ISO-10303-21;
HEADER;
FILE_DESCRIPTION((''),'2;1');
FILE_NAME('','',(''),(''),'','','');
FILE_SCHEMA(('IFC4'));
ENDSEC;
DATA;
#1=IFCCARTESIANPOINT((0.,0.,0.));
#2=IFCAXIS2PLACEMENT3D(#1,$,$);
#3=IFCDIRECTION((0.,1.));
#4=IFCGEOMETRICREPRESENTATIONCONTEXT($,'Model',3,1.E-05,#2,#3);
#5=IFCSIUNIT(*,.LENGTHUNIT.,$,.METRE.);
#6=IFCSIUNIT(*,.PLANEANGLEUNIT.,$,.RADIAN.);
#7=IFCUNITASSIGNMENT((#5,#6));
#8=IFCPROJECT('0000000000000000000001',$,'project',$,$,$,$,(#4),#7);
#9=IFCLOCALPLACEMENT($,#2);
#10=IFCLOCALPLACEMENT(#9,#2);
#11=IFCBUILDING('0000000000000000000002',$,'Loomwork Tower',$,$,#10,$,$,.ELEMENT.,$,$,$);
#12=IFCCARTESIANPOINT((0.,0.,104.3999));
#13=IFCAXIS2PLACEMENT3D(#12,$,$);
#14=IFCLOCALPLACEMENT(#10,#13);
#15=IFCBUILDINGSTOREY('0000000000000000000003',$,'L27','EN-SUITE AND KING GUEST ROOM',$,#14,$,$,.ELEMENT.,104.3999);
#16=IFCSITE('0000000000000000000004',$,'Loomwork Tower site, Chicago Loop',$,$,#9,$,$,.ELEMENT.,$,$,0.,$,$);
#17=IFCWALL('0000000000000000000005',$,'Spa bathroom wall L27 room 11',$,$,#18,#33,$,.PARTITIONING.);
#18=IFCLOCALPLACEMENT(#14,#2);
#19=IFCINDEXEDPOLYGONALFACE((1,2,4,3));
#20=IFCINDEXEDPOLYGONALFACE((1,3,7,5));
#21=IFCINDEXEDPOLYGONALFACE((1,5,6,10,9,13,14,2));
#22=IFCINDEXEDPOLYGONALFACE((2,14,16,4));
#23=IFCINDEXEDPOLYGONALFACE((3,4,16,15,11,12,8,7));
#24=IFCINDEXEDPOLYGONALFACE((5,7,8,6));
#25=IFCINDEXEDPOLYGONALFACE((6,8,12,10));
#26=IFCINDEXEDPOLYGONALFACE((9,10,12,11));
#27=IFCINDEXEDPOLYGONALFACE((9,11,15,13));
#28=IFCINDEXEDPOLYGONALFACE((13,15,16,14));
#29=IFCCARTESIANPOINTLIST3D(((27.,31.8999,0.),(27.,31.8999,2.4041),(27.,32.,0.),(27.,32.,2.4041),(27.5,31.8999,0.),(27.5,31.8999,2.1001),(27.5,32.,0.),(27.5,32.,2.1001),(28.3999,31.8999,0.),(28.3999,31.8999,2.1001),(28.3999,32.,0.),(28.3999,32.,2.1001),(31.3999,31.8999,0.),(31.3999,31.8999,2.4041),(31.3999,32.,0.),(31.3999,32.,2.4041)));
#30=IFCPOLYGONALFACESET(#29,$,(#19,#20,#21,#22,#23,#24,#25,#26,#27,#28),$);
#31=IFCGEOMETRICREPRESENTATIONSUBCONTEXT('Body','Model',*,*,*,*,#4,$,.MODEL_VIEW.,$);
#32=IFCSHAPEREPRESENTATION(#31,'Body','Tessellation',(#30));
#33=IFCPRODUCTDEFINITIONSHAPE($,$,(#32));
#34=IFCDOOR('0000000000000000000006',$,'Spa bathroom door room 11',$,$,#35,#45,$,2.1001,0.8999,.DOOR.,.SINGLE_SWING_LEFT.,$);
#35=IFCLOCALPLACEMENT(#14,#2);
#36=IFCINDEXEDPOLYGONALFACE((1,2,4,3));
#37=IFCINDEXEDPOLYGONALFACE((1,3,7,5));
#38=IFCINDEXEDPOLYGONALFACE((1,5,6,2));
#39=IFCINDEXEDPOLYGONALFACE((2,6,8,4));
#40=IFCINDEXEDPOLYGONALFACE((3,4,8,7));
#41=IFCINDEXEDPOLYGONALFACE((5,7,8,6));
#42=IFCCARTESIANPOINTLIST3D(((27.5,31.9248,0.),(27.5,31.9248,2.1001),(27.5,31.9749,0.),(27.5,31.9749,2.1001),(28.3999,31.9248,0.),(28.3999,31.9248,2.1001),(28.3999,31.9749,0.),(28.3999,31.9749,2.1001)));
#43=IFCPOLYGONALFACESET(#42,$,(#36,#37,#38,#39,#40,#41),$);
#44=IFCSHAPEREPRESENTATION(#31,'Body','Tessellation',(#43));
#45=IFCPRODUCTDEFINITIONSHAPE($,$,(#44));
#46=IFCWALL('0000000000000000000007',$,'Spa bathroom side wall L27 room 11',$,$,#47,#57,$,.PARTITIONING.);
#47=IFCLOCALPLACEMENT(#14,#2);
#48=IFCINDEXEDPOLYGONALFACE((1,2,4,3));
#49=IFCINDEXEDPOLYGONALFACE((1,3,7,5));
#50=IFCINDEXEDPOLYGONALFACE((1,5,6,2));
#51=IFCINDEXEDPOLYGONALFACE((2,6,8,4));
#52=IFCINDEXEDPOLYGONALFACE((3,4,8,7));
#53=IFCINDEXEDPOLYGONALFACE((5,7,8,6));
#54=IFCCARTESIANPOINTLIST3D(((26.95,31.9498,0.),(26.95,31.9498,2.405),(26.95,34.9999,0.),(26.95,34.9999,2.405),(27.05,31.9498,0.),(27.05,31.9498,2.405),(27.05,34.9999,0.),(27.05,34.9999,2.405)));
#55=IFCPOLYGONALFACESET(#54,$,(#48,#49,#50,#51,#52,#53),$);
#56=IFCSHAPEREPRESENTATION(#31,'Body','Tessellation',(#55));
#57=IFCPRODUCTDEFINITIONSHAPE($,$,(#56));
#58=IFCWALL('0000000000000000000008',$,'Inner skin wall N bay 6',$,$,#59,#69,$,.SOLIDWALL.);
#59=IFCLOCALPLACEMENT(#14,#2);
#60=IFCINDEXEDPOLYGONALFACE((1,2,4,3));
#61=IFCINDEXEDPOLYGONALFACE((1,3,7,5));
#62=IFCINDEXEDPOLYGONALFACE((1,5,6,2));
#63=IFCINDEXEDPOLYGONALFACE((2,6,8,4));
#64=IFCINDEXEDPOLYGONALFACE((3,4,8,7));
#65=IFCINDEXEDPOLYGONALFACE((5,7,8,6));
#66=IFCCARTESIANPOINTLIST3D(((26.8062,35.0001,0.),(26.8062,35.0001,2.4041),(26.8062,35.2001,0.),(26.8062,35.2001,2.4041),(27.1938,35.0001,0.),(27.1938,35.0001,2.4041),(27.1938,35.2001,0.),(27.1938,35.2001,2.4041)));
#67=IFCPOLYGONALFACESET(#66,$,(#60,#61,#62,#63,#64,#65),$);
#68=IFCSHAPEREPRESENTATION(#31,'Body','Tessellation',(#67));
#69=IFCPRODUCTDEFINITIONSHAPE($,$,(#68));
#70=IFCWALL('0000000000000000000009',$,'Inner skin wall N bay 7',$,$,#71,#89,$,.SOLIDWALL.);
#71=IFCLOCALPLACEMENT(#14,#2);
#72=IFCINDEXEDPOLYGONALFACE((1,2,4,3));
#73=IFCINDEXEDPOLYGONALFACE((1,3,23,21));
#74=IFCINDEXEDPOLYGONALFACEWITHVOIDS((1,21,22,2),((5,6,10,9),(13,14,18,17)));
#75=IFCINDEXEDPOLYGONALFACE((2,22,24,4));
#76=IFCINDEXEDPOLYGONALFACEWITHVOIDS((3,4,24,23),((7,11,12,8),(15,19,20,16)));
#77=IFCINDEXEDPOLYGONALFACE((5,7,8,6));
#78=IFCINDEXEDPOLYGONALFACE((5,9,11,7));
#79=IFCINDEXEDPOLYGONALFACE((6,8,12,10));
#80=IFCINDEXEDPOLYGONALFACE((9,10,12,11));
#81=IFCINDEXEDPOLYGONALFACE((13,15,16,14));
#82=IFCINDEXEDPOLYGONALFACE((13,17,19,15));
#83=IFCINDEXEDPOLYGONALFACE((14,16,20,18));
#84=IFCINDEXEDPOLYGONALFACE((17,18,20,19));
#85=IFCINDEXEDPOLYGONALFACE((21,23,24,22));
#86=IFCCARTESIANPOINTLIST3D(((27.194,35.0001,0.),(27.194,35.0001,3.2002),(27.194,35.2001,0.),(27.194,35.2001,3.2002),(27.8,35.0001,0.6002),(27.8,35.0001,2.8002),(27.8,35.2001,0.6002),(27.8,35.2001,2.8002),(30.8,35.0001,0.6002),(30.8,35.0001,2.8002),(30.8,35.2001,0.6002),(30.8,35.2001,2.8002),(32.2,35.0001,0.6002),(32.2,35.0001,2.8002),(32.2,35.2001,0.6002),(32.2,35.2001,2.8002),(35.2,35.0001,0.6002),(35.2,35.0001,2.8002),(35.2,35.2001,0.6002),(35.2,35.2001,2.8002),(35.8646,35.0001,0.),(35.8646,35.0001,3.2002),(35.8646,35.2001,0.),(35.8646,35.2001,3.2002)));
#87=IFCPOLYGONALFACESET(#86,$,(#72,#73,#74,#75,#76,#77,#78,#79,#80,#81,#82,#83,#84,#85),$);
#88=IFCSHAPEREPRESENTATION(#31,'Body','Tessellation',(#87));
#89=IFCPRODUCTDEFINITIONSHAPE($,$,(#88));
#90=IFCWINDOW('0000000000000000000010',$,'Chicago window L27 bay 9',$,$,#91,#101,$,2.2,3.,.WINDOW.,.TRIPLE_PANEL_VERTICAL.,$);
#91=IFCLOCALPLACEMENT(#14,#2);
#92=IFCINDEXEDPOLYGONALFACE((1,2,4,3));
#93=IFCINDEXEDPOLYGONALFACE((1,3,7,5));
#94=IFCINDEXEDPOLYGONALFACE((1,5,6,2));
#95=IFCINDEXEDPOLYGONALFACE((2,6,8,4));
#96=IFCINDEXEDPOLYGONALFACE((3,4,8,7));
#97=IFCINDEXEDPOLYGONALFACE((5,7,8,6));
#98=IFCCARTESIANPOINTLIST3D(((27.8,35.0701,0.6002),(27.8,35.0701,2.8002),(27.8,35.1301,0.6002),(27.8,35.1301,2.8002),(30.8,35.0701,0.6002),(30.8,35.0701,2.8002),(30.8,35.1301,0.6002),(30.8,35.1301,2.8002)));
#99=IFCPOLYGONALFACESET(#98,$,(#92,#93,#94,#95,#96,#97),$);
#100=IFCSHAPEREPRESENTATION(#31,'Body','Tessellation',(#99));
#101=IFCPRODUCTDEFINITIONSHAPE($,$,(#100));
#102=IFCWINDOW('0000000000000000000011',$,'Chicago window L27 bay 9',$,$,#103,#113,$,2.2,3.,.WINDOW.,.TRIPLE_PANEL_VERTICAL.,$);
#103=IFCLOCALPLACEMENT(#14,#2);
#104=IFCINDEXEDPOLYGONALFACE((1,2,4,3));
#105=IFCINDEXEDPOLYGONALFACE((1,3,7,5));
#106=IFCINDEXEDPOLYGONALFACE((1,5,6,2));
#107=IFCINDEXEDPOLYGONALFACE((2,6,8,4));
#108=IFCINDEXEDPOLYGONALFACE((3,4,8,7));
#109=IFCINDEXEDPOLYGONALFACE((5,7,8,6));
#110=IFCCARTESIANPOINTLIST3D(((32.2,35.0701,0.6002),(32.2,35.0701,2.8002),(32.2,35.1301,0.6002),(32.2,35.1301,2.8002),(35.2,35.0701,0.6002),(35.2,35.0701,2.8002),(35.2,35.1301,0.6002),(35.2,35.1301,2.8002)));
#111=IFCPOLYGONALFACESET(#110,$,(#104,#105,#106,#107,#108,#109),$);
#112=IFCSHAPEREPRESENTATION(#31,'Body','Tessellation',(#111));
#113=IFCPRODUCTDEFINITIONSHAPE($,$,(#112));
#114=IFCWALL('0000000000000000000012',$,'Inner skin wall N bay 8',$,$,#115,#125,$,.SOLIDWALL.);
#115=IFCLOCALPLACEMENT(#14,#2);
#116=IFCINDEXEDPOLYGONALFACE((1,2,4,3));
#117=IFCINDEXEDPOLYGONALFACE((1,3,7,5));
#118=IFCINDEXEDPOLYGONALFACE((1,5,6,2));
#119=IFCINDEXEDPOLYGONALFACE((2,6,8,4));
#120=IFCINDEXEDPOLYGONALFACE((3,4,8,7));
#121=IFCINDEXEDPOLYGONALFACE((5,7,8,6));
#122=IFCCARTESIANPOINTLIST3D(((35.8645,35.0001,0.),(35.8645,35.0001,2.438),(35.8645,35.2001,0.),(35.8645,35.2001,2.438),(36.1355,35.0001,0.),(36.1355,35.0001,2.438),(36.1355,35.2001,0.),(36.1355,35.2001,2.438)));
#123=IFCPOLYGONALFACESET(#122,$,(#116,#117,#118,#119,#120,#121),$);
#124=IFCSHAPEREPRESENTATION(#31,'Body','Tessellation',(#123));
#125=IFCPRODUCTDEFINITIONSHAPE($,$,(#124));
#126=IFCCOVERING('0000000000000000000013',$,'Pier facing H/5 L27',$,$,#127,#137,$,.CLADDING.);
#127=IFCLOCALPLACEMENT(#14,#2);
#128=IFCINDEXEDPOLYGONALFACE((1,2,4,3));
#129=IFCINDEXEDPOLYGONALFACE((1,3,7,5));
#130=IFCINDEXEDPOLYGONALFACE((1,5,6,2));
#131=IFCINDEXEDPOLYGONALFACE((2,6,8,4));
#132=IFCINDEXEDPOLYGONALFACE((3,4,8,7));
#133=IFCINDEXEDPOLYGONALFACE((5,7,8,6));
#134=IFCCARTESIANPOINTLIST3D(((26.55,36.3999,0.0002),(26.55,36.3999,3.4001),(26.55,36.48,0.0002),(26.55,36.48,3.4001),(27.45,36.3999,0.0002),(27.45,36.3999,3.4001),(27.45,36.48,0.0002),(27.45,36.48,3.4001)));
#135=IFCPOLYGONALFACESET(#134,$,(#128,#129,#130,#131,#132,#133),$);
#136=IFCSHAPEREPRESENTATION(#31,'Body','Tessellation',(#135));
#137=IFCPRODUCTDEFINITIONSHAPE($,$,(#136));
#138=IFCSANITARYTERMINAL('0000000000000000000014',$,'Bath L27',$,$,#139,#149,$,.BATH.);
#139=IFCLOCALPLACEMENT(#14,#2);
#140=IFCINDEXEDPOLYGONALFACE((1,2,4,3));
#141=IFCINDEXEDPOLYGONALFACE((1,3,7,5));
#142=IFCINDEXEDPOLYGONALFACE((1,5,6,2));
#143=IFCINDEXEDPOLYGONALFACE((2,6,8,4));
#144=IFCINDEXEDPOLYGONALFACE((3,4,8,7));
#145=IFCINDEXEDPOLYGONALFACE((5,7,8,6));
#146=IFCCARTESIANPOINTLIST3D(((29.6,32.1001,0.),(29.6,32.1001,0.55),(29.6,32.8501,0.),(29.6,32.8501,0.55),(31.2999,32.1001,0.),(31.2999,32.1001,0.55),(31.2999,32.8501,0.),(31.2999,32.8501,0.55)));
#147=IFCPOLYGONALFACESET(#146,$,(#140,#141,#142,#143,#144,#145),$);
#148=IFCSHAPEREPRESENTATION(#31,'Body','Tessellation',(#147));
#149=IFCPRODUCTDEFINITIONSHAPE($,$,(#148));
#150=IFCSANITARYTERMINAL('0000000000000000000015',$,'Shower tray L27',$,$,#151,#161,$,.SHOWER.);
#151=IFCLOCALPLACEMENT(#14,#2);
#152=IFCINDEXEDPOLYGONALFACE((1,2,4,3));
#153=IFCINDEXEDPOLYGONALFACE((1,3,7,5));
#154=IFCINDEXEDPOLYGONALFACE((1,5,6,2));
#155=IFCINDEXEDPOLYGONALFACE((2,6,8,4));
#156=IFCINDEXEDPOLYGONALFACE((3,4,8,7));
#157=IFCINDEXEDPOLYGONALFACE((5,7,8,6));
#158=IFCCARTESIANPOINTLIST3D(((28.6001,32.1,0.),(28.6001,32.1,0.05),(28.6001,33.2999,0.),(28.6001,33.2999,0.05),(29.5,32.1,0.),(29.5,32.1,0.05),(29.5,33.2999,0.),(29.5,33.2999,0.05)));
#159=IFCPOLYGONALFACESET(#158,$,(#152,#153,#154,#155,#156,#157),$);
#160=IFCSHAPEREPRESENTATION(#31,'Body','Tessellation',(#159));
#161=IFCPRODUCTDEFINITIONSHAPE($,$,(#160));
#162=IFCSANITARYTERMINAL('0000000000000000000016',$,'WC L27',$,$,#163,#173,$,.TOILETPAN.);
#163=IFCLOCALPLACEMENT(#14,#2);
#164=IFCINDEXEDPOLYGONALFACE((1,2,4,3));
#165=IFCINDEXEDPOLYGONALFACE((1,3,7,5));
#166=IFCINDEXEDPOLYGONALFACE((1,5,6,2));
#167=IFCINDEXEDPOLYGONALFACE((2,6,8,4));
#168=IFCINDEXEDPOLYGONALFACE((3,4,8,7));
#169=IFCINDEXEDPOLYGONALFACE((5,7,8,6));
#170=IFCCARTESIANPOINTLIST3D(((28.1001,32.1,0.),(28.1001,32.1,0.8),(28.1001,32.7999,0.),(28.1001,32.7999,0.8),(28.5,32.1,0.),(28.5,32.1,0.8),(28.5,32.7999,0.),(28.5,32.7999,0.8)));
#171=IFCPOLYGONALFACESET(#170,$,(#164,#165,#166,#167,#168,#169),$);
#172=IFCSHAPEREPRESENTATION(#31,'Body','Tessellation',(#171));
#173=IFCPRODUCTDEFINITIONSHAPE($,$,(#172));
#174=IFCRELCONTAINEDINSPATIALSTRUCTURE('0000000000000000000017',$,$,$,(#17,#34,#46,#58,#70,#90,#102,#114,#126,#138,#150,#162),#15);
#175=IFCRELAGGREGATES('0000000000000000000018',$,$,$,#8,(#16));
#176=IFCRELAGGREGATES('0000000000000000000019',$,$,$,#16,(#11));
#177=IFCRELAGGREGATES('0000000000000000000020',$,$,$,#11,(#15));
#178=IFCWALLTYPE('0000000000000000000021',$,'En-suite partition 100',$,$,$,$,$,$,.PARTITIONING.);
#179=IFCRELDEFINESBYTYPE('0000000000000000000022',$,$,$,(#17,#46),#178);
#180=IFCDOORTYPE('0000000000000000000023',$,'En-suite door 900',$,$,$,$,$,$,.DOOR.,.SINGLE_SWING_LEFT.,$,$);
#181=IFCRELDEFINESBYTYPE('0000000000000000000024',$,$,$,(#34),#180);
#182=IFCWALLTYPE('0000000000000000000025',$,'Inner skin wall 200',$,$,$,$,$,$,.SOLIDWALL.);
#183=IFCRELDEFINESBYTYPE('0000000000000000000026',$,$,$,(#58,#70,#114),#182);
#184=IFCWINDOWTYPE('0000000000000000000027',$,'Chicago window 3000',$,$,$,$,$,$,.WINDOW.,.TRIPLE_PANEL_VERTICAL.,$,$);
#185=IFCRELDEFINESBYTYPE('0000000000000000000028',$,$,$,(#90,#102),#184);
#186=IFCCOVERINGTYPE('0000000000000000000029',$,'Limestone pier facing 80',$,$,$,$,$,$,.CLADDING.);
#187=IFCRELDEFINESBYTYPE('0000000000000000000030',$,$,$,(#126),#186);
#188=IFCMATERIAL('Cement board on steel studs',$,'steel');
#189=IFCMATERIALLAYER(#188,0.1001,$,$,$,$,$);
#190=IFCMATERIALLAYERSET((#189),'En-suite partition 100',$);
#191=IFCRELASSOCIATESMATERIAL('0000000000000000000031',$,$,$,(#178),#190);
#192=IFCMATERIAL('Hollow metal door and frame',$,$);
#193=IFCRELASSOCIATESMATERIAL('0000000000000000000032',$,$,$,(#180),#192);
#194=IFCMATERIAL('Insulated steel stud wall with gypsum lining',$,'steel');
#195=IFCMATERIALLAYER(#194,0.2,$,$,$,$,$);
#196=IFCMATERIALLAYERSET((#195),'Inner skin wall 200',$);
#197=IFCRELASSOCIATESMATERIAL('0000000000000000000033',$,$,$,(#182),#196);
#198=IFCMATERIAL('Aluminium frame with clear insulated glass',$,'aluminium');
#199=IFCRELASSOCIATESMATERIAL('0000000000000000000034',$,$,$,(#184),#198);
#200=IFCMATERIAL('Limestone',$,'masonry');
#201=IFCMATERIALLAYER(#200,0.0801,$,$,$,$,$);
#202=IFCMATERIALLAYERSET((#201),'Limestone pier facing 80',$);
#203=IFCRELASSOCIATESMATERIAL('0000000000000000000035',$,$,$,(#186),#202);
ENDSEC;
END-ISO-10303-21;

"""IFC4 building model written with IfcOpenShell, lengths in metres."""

from ifc_helpers import new_model, si_unit, direction, frame, frame_2d, origin, origin_2d, place, context, subcontext, project, spatial, rectangle, extrude, material, layer, layer_set, type_object, element, fill, save


model = new_model("IFC4")

# Units and contexts
model_context = context("Model", 3, precision=1e-05, world=origin(), true_north=direction((0.0, 1.0)))
body_context = subcontext(model_context, "Body", "Model", "MODEL_VIEW")
ifc_project = project(units=[si_unit("LENGTHUNIT", "METRE"), si_unit("PLANEANGLEUNIT", "RADIAN")], contexts=[model_context])

# Site, building, storey
site_placement = place(None, origin())
site = spatial("IfcSite", under=ifc_project, at=site_placement, Name="Loomwork Tower site, Chicago Loop", CompositionType="ELEMENT", RefElevation=0.0)
building_placement = place(site_placement, origin())
building = spatial("IfcBuilding", under=site, at=building_placement, Name="Loomwork Tower", CompositionType="ELEMENT")
storey_placement = place(building_placement, frame((0.0, 0.0, 104.3999)))
storey = spatial("IfcBuildingStorey", under=building, at=storey_placement, Name="L27", Description="EN-SUITE AND KING GUEST ROOM", CompositionType="ELEMENT", Elevation=104.3999)

# Wall, opening, door
ifc_material_1 = material(Name="Cement board on steel studs", Category="steel")
ifc_layer_1 = layer(ifc_material_1, 0.1001)
ifc_layer_set_1 = layer_set([ifc_layer_1], Name="En-suite partition 100")
wall_type_1 = type_object("IfcWallType", Name="En-suite partition 100", PredefinedType="PARTITIONING", material=ifc_layer_set_1)
wall_1_placement = place(storey_placement, frame((27.0, 31.95, 0.0), z_axis=(0.0, 0.0, 1.0), x_axis=(1.0, 0.0, 0.0)))
wall_1 = element("IfcWall", 1, at=wall_1_placement, inside=storey, type_object=wall_type_1, Name="Spa bathroom wall L27 room 11", PredefinedType="PARTITIONING", context=body_context, shape_type="SweptSolid", body=[
    extrude(rectangle(XDim=4.3999, YDim=0.1001, at=frame_2d((2.2, 0.0))), origin(), (0.0, 0.0, 1.0), 2.4041),
])
opening_1_placement = place(wall_1_placement, frame((0.5, 0.0, 0.0)))
opening_1 = element("IfcOpeningElement", 2, at=opening_1_placement, cuts=wall_1, PredefinedType="OPENING", context=body_context, shape_type="SweptSolid", body=[
    extrude(rectangle(XDim=0.8999, YDim=2.1001, at=frame_2d((0.45, 1.05))), frame((0.0, 0.0601, 0.0), z_axis=(0.0, -1.0, 0.0), x_axis=(1.0, 0.0, 0.0)), (0.0, 0.0, 1.0), 0.1201),
])
ifc_material_2 = material(Name="Hollow metal door and frame")
door_type = type_object("IfcDoorType", Name="En-suite door 900", OperationType="SINGLE_SWING_LEFT", PredefinedType="DOOR", material=ifc_material_2)
door_placement = place(opening_1_placement, origin())
door = element("IfcDoor", 3, at=door_placement, inside=storey, type_object=door_type, Name="Spa bathroom door room 11", OperationType="SINGLE_SWING_LEFT", OverallHeight=2.1001, OverallWidth=0.8999, PredefinedType="DOOR", context=body_context, shape_type="SweptSolid", body=[
    extrude(rectangle(XDim=0.8999, YDim=2.1001, at=frame_2d((0.45, 1.05))), frame((0.0, 0.0249, 0.0), z_axis=(0.0, -1.0, 0.0), x_axis=(1.0, 0.0, 0.0)), (0.0, 0.0, 1.0), 0.05),
])
fill(opening_1, door)

# Walls
wall_2_placement = place(storey_placement, frame((27.0, 31.95, 0.0), z_axis=(0.0, 0.0, 1.0), x_axis=(0.0, 1.0, 0.0)))
element("IfcWall", 4, at=wall_2_placement, inside=storey, type_object=wall_type_1, Name="Spa bathroom side wall L27 room 11", PredefinedType="PARTITIONING", context=body_context, shape_type="SweptSolid", body=[
    extrude(rectangle(XDim=3.05, YDim=0.1001, at=frame_2d((1.5249, 0.0))), origin(), (0.0, 0.0, 1.0), 2.405),
])
ifc_material_3 = material(Name="Insulated steel stud wall with gypsum lining", Category="steel")
ifc_layer_2 = layer(ifc_material_3, 0.2)
ifc_layer_set_2 = layer_set([ifc_layer_2], Name="Inner skin wall 200")
wall_type_2 = type_object("IfcWallType", Name="Inner skin wall 200", PredefinedType="SOLIDWALL", material=ifc_layer_set_2)
wall_3_placement = place(storey_placement, frame((26.8062, 35.1001, 0.0), z_axis=(0.0, 0.0, 1.0), x_axis=(1.0, 0.0, 0.0)))
element("IfcWall", 5, at=wall_3_placement, inside=storey, type_object=wall_type_2, Name="Inner skin wall N bay 6", PredefinedType="SOLIDWALL", context=body_context, shape_type="SweptSolid", body=[
    extrude(rectangle(XDim=0.3877, YDim=0.2, at=frame_2d((0.1938, 0.0))), origin(), (0.0, 0.0, 1.0), 2.4041),
])

# Wall, openings, windows
wall_4_placement = place(storey_placement, frame((27.1938, 35.1001, 0.0), z_axis=(0.0, 0.0, 1.0), x_axis=(1.0, 0.0, 0.0)))
wall_4 = element("IfcWall", 6, at=wall_4_placement, inside=storey, type_object=wall_type_2, Name="Inner skin wall N bay 7", PredefinedType="SOLIDWALL", context=body_context, shape_type="SweptSolid", body=[
    extrude(rectangle(XDim=8.6707, YDim=0.2, at=frame_2d((4.3354, 0.0))), origin(), (0.0, 0.0, 1.0), 3.2002),
])
opening_2_placement = place(wall_4_placement, frame((0.6062, 0.0, 0.6001)))
opening_2 = element("IfcOpeningElement", 7, at=opening_2_placement, cuts=wall_4, PredefinedType="OPENING", context=body_context, shape_type="SweptSolid", body=[
    extrude(rectangle(XDim=3.0, YDim=2.2, at=frame_2d((1.5, 1.1001))), frame((0.0, 0.1099, 0.0), z_axis=(0.0, -1.0, 0.0), x_axis=(1.0, 0.0, 0.0)), (0.0, 0.0, 1.0), 0.22),
])
opening_3_placement = place(wall_4_placement, frame((5.0061, 0.0, 0.6001)))
opening_3 = element("IfcOpeningElement", 8, at=opening_3_placement, cuts=wall_4, PredefinedType="OPENING", context=body_context, shape_type="SweptSolid", body=[
    extrude(rectangle(XDim=3.0, YDim=2.2, at=frame_2d((1.5, 1.1001))), frame((0.0, 0.1099, 0.0), z_axis=(0.0, -1.0, 0.0), x_axis=(1.0, 0.0, 0.0)), (0.0, 0.0, 1.0), 0.22),
])
ifc_material_4 = material(Name="Aluminium frame with clear insulated glass", Category="aluminium")
window_type = type_object("IfcWindowType", Name="Chicago window 3000", PartitioningType="TRIPLE_PANEL_VERTICAL", PredefinedType="WINDOW", material=ifc_material_4)
window_1_placement = place(opening_2_placement, origin())
window_1 = element("IfcWindow", 9, at=window_1_placement, inside=storey, type_object=window_type, Name="Chicago window L27 bay 9", OverallHeight=2.2, OverallWidth=3.0, PartitioningType="TRIPLE_PANEL_VERTICAL", PredefinedType="WINDOW", context=body_context, shape_type="SweptSolid", body=[
    extrude(rectangle(XDim=3.0, YDim=2.2, at=frame_2d((1.5, 1.1001))), frame((0.0, 0.03, 0.0), z_axis=(0.0, -1.0, 0.0), x_axis=(1.0, 0.0, 0.0)), (0.0, 0.0, 1.0), 0.0601),
])
fill(opening_2, window_1)
window_2_placement = place(opening_3_placement, origin())
window_2 = element("IfcWindow", 10, at=window_2_placement, inside=storey, type_object=window_type, Name="Chicago window L27 bay 9", OverallHeight=2.2, OverallWidth=3.0, PartitioningType="TRIPLE_PANEL_VERTICAL", PredefinedType="WINDOW", context=body_context, shape_type="SweptSolid", body=[
    extrude(rectangle(XDim=3.0, YDim=2.2, at=frame_2d((1.5, 1.1001))), frame((0.0, 0.03, 0.0), z_axis=(0.0, -1.0, 0.0), x_axis=(1.0, 0.0, 0.0)), (0.0, 0.0, 1.0), 0.0601),
])
fill(opening_3, window_2)

# Wall
wall_5_placement = place(storey_placement, frame((35.8645, 35.1001, 0.0), z_axis=(0.0, 0.0, 1.0), x_axis=(1.0, 0.0, 0.0)))
element("IfcWall", 11, at=wall_5_placement, inside=storey, type_object=wall_type_2, Name="Inner skin wall N bay 8", PredefinedType="SOLIDWALL", context=body_context, shape_type="SweptSolid", body=[
    extrude(rectangle(XDim=0.271, YDim=0.2, at=frame_2d((0.1355, 0.0))), origin(), (0.0, 0.0, 1.0), 2.438),
])

# Covering
ifc_material_5 = material(Name="Limestone", Category="masonry")
ifc_layer_3 = layer(ifc_material_5, 0.0801)
ifc_layer_set_3 = layer_set([ifc_layer_3], Name="Limestone pier facing 80")
covering_type = type_object("IfcCoveringType", Name="Limestone pier facing 80", PredefinedType="CLADDING", material=ifc_layer_set_3)
covering_placement = place(storey_placement, frame((27.0, 36.4399, 0.0002), z_axis=(0.0, 0.0, 1.0), x_axis=(1.0, 0.0, 0.0)))
element("IfcCovering", 12, at=covering_placement, inside=storey, type_object=covering_type, Name="Pier facing H/5 L27", PredefinedType="CLADDING", context=body_context, shape_type="SweptSolid", body=[
    extrude(rectangle(XDim=0.8999, YDim=0.0801, at=origin_2d()), origin(), (0.0, 0.0, 1.0), 3.3999),
])

# Sanitary terminals
sanitary_terminal_1_placement = place(storey_placement, frame((30.45, 32.4751, 0.0), z_axis=(0.0, 0.0, 1.0), x_axis=(1.0, 0.0, 0.0)))
element("IfcSanitaryTerminal", 13, at=sanitary_terminal_1_placement, inside=storey, Name="Bath L27", PredefinedType="BATH", context=body_context, shape_type="SweptSolid", body=[
    extrude(rectangle(XDim=1.7, YDim=0.75, at=origin_2d()), origin(), (0.0, 0.0, 1.0), 0.55),
])
sanitary_terminal_2_placement = place(storey_placement, frame((29.05, 32.7, 0.0), z_axis=(0.0, 0.0, 1.0), x_axis=(1.0, 0.0, 0.0)))
element("IfcSanitaryTerminal", 14, at=sanitary_terminal_2_placement, inside=storey, Name="Shower tray L27", PredefinedType="SHOWER", context=body_context, shape_type="SweptSolid", body=[
    extrude(rectangle(XDim=0.8999, YDim=1.2, at=origin_2d()), origin(), (0.0, 0.0, 1.0), 0.05),
])
sanitary_terminal_3_placement = place(storey_placement, frame((28.3, 32.45, 0.0), z_axis=(0.0, 0.0, 1.0), x_axis=(1.0, 0.0, 0.0)))
element("IfcSanitaryTerminal", 15, at=sanitary_terminal_3_placement, inside=storey, Name="WC L27", PredefinedType="TOILETPAN", context=body_context, shape_type="SweptSolid", body=[
    extrude(rectangle(XDim=0.3999, YDim=0.7, at=origin_2d()), origin(), (0.0, 0.0, 1.0), 0.8),
])

save(model, "model.ifc")
